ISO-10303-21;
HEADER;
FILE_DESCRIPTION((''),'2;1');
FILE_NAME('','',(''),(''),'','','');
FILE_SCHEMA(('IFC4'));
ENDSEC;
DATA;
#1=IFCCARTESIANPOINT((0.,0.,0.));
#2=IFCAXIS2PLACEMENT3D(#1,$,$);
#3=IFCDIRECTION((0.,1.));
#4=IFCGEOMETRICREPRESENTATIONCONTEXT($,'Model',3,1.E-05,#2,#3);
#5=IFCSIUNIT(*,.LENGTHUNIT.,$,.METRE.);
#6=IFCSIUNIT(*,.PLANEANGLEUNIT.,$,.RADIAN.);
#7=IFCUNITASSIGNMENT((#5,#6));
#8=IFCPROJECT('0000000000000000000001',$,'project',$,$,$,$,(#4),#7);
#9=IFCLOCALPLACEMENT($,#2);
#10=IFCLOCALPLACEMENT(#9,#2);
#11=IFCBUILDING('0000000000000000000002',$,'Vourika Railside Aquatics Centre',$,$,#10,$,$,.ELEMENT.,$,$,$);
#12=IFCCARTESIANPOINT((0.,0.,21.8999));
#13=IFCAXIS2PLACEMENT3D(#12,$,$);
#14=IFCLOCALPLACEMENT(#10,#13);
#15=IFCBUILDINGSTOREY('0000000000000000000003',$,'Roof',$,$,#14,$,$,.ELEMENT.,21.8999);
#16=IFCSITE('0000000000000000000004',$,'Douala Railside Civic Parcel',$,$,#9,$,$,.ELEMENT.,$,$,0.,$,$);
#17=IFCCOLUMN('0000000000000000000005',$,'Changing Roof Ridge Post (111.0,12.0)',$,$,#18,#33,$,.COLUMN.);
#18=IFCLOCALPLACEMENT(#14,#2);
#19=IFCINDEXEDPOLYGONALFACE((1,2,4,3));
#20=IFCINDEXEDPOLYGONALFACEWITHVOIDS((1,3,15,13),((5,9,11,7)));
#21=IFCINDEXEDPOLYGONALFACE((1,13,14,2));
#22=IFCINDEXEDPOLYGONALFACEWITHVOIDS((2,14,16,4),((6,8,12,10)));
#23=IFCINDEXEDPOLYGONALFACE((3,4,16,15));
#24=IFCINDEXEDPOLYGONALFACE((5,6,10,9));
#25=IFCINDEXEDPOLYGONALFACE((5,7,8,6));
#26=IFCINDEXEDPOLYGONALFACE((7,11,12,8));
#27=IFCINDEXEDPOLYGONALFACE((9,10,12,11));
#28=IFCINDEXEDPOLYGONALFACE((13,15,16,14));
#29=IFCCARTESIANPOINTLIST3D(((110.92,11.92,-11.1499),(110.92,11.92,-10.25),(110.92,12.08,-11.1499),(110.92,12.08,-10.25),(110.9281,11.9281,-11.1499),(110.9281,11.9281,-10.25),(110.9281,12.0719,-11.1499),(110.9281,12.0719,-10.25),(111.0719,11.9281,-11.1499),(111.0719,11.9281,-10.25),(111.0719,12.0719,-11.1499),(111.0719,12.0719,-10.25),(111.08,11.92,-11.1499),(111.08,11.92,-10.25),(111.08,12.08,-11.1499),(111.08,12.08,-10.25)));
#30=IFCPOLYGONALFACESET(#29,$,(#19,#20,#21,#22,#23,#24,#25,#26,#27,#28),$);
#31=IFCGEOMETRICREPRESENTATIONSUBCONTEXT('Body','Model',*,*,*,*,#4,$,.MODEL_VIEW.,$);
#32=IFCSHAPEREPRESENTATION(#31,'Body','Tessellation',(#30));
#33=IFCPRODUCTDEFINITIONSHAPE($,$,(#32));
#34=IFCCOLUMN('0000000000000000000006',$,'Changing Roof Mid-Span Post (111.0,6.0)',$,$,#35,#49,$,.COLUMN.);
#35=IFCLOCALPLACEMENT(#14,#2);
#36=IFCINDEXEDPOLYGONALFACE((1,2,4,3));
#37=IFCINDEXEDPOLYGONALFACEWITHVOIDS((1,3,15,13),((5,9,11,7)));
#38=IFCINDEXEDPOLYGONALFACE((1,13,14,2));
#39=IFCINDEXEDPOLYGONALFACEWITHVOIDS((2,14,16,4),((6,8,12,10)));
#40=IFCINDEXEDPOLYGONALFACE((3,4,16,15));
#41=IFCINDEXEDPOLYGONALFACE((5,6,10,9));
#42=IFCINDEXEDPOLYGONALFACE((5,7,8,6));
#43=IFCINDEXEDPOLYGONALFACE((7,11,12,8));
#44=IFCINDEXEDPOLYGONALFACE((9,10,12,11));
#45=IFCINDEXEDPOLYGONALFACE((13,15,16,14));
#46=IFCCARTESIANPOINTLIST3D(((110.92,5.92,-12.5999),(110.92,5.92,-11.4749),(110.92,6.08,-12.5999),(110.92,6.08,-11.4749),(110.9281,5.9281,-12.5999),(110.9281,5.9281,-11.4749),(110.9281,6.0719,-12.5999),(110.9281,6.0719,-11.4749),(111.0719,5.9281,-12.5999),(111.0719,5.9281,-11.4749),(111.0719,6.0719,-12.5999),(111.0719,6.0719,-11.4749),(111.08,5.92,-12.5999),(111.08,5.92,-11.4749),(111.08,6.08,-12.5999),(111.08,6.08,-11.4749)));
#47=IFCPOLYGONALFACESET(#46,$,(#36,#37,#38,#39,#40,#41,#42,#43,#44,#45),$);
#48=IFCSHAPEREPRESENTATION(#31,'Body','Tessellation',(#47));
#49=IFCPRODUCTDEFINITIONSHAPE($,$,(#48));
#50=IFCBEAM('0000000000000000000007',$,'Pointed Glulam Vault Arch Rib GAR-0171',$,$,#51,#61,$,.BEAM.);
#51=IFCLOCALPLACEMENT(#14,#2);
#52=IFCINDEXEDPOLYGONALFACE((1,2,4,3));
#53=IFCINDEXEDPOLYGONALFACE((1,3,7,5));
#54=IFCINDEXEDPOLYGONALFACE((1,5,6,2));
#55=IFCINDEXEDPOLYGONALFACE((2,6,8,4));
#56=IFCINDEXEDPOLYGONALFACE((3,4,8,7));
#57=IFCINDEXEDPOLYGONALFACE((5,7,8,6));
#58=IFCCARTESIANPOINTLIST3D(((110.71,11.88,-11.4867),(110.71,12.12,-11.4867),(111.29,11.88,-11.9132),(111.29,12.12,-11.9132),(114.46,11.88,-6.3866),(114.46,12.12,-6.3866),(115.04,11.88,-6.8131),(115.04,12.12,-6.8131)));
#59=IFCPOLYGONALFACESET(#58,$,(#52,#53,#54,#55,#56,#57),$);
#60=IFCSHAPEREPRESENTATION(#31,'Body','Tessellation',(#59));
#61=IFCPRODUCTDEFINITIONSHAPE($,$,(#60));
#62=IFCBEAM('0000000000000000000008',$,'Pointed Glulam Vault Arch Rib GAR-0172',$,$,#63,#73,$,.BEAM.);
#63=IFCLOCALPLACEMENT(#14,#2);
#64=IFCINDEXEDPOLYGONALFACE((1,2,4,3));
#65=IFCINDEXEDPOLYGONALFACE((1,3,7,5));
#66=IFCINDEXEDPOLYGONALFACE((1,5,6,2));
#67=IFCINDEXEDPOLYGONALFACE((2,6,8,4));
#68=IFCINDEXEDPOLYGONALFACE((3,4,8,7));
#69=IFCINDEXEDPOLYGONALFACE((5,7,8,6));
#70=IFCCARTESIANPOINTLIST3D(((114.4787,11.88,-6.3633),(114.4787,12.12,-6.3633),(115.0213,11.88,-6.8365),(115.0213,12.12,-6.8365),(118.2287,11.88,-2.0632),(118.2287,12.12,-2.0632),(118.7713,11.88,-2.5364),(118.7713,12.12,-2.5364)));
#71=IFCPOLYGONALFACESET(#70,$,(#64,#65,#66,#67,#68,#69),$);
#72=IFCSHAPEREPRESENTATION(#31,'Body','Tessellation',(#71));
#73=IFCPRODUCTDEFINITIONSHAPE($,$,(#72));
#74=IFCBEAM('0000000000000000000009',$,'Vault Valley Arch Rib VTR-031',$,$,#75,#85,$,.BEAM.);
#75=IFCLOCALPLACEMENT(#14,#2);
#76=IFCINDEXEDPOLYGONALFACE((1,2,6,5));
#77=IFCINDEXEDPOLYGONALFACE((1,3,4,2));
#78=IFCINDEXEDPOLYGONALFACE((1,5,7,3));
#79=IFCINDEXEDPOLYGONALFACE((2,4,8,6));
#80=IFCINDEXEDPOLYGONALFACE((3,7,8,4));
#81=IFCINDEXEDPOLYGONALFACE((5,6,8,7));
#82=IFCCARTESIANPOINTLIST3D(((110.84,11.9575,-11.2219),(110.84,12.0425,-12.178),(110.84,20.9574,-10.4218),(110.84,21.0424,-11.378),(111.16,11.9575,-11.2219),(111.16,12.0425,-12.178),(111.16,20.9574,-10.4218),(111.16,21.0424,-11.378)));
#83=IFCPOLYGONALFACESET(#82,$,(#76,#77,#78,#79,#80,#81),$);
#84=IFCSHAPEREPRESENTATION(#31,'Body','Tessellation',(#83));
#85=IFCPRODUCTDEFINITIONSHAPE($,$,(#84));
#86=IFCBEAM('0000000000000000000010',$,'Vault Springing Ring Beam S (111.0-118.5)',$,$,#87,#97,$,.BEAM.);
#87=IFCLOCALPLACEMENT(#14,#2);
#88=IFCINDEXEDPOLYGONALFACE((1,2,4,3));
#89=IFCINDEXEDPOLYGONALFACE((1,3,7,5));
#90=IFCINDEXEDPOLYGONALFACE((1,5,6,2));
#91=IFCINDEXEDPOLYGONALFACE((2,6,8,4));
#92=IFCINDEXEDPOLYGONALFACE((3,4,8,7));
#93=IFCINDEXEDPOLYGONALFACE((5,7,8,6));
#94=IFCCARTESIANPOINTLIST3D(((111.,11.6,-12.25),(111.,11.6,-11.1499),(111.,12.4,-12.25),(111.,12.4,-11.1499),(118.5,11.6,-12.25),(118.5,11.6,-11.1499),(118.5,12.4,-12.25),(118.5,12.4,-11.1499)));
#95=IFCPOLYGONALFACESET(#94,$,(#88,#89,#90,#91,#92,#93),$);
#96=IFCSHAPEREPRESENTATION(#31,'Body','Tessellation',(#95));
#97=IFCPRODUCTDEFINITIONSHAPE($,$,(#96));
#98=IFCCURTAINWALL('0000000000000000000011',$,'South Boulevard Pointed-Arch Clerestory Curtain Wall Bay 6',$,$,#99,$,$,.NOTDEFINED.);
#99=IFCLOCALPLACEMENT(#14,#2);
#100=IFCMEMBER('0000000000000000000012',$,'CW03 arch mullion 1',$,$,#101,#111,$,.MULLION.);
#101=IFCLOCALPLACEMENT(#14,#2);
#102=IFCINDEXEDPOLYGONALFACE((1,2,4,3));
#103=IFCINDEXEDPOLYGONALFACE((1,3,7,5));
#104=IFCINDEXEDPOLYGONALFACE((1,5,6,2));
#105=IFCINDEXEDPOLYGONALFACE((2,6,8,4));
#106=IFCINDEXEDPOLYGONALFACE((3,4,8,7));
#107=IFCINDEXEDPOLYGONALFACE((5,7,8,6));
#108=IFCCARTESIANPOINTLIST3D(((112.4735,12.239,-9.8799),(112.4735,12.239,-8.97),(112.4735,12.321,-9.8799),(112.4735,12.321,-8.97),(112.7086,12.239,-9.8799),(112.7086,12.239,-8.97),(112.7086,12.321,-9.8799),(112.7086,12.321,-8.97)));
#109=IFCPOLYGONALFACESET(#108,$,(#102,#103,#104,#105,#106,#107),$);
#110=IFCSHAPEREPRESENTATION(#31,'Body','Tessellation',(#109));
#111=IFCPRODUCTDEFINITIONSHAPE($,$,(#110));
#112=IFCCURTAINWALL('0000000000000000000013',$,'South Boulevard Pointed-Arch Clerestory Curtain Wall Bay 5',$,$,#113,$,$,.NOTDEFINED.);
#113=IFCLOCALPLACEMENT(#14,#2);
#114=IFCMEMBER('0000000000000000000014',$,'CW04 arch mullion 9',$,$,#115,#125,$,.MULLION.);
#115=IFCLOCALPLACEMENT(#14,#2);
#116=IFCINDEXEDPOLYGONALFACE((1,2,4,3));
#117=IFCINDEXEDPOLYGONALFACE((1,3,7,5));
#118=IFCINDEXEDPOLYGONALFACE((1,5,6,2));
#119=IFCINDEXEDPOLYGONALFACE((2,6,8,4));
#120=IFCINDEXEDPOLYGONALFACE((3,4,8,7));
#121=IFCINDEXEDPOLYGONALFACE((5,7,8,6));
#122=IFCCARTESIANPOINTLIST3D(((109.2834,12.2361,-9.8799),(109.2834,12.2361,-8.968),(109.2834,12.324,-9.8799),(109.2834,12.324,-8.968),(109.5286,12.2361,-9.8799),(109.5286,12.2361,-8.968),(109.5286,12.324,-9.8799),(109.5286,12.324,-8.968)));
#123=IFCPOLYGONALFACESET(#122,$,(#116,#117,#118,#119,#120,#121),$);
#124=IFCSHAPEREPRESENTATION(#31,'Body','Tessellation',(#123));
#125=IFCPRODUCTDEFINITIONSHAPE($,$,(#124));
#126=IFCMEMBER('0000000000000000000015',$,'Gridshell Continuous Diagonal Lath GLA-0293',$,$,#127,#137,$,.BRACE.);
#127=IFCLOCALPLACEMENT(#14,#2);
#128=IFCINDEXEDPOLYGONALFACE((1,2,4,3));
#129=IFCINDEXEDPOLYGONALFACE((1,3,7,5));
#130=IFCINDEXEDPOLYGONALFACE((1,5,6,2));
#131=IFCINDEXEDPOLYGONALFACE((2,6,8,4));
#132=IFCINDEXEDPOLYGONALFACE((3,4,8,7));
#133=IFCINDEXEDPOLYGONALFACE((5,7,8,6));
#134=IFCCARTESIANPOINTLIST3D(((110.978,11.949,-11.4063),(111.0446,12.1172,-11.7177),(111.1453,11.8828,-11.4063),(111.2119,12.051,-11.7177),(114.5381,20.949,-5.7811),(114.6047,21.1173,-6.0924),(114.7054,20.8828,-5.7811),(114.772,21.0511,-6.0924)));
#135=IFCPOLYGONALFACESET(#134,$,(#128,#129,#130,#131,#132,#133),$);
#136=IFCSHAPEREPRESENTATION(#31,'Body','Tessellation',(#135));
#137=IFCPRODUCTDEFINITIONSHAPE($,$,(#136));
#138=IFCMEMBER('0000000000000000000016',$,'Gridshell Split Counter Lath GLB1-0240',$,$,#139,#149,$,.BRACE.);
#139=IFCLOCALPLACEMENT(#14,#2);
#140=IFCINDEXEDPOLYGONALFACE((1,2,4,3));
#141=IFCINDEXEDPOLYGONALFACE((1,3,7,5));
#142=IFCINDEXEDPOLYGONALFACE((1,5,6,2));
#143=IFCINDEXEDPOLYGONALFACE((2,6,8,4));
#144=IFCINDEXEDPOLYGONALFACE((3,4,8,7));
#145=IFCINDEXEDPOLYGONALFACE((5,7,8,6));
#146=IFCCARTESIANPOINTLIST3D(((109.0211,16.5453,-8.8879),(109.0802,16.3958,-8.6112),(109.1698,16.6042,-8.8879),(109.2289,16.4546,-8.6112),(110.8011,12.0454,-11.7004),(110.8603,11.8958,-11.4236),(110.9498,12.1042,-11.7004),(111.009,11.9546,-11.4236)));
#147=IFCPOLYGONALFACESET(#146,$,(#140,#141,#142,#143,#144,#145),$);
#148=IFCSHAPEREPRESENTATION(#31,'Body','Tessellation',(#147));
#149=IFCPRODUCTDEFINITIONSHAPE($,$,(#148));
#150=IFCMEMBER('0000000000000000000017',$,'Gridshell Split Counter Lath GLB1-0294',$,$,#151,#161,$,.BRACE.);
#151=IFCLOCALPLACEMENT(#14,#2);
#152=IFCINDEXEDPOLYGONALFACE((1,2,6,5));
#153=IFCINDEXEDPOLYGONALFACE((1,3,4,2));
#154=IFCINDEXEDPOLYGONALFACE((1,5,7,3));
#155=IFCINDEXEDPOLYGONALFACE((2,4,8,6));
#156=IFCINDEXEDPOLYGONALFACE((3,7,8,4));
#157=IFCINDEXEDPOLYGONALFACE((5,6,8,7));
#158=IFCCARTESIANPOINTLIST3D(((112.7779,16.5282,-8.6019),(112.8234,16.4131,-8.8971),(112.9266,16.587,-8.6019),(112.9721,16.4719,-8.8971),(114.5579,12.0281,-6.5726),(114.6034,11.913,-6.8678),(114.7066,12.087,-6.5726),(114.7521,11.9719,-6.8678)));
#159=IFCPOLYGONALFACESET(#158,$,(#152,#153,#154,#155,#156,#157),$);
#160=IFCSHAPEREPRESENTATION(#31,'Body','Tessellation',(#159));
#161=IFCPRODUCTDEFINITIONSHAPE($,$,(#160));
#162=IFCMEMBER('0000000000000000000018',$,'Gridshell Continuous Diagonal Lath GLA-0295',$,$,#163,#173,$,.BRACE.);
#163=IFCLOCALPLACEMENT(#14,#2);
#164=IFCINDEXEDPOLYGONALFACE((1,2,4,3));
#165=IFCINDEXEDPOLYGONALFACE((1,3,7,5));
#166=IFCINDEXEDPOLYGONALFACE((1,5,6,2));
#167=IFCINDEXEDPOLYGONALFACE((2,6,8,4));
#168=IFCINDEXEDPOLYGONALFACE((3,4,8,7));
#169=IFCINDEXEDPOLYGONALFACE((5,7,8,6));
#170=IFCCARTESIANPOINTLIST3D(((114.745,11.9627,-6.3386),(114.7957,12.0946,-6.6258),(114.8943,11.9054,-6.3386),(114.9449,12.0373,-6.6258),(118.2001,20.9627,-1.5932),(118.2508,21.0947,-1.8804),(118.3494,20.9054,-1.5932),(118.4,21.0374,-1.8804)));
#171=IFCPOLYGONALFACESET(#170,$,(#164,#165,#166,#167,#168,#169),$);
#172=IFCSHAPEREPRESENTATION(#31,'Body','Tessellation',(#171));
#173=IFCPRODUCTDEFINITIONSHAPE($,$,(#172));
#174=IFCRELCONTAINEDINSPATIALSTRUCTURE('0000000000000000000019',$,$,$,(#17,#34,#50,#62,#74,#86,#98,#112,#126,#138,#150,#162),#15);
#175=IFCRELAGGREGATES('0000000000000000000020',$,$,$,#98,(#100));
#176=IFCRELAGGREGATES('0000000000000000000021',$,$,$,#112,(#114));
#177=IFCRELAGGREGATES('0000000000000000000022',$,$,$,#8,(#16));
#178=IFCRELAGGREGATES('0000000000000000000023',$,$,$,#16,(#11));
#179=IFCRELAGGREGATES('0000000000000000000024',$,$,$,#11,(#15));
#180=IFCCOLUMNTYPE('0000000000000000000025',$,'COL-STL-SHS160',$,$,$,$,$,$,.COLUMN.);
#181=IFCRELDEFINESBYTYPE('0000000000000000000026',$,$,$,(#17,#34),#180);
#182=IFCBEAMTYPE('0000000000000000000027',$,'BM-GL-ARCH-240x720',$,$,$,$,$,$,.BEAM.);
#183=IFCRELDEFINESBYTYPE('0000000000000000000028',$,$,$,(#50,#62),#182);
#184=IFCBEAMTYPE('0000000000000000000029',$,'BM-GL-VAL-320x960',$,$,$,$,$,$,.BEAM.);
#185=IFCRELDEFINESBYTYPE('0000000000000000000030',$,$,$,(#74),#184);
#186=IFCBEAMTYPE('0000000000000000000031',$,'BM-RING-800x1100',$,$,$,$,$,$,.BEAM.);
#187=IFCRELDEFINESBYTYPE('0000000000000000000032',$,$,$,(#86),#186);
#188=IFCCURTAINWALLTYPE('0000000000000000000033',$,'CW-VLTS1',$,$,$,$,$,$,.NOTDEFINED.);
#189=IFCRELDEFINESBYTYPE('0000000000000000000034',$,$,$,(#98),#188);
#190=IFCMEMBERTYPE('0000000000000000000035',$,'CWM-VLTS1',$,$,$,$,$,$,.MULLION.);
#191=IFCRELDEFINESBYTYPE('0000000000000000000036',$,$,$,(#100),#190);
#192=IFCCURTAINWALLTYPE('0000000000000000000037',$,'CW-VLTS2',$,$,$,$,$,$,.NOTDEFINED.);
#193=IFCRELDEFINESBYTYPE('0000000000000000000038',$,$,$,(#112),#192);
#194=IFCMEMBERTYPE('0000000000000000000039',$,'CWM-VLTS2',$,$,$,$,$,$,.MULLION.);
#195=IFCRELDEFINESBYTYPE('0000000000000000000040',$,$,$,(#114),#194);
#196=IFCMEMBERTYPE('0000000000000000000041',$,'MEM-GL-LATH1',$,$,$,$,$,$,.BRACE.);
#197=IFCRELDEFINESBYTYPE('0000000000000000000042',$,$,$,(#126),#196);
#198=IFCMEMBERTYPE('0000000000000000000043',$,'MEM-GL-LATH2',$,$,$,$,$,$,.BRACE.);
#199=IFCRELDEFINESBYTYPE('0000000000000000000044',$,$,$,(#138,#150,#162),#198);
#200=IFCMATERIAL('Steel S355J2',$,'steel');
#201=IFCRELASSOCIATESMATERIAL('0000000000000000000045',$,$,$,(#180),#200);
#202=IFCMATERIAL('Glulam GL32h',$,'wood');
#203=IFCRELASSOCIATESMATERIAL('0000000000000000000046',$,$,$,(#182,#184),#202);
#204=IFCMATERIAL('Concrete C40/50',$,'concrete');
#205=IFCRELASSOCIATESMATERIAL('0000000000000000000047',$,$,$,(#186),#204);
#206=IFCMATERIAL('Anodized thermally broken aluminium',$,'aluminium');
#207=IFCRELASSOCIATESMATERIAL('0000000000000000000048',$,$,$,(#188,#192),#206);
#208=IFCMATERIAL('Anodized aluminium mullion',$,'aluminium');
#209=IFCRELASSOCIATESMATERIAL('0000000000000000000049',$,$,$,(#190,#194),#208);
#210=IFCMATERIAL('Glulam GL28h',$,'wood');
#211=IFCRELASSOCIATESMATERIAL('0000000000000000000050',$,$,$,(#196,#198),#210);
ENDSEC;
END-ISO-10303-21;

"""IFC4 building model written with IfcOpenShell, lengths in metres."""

from ifc_helpers import new_model, si_unit, direction, frame, origin, origin_2d, place, context, subcontext, project, spatial, rectangle, hollow_rectangle, extrude, material, material_profile, profile_set, type_object, element, aggregate, save


model = new_model("IFC4")

# Units and contexts
model_context = context("Model", 3, precision=1e-05, world=origin(), true_north=direction((0.0, 1.0)))
body_context = subcontext(model_context, "Body", "Model", "MODEL_VIEW")
ifc_project = project(units=[si_unit("LENGTHUNIT", "METRE"), si_unit("PLANEANGLEUNIT", "RADIAN")], contexts=[model_context])

# Site, building, storey
site_placement = place(None, origin())
site = spatial("IfcSite", under=ifc_project, at=site_placement, Name="Douala Railside Civic Parcel", CompositionType="ELEMENT", RefElevation=0.0)
building_placement = place(site_placement, origin())
building = spatial("IfcBuilding", under=site, at=building_placement, Name="Vourika Railside Aquatics Centre", CompositionType="ELEMENT")
storey_placement = place(building_placement, frame((0.0, 0.0, 21.8999)))
storey = spatial("IfcBuildingStorey", under=building, at=storey_placement, Name="Roof", CompositionType="ELEMENT", Elevation=21.8999)

# Columns
ifc_material_1 = material(Name="Steel S355J2", Category="steel")
ifc_material_profile_1 = material_profile(ifc_material_1, hollow_rectangle(XDim=0.1599, YDim=0.1599, WallThickness=0.0081, at=origin_2d()), Name="SHS 160x160x8")
ifc_profile_set_1 = profile_set([ifc_material_profile_1], Name="Steel S355J2")
column_type = type_object("IfcColumnType", Name="COL-STL-SHS160", PredefinedType="COLUMN", material=ifc_profile_set_1)
column_1_placement = place(storey_placement, frame((111.0, 12.0, -11.1499), z_axis=(0.0, 0.0, 1.0), x_axis=(1.0, 0.0, 0.0)))
element("IfcColumn", 1, at=column_1_placement, inside=storey, type_object=column_type, Name="Changing Roof Ridge Post (111.0,12.0)", PredefinedType="COLUMN", context=body_context, shape_type="SweptSolid", body=[
    extrude(hollow_rectangle(XDim=0.1599, YDim=0.1599, WallThickness=0.0081, at=origin_2d()), origin(), (0.0, 0.0, 1.0), 0.8999),
])
column_2_placement = place(storey_placement, frame((111.0, 6.0, -12.5999), z_axis=(0.0, 0.0, 1.0), x_axis=(1.0, 0.0, 0.0)))
element("IfcColumn", 2, at=column_2_placement, inside=storey, type_object=column_type, Name="Changing Roof Mid-Span Post (111.0,6.0)", PredefinedType="COLUMN", context=body_context, shape_type="SweptSolid", body=[
    extrude(hollow_rectangle(XDim=0.1599, YDim=0.1599, WallThickness=0.0081, at=origin_2d()), origin(), (0.0, 0.0, 1.0), 1.125),
])

# Beams
ifc_material_2 = material(Name="Glulam GL32h", Category="wood")
ifc_material_profile_2 = material_profile(ifc_material_2, rectangle(XDim=0.24, YDim=0.72, at=origin_2d()), Name="GL32h 240x720")
ifc_profile_set_2 = profile_set([ifc_material_profile_2], Name="Glulam GL32h")
beam_type_1 = type_object("IfcBeamType", Name="BM-GL-ARCH-240x720", PredefinedType="BEAM", material=ifc_profile_set_2)
beam_1_placement = place(storey_placement, frame((111.0, 12.0, -11.7), z_axis=(0.592383, 0.0, 0.805656), x_axis=(0.0, 1.0, 0.0)))
element("IfcBeam", 3, at=beam_1_placement, inside=storey, type_object=beam_type_1, Name="Pointed Glulam Vault Arch Rib GAR-0171", PredefinedType="BEAM", context=body_context, shape_type="SweptSolid", body=[
    extrude(rectangle(XDim=0.24, YDim=0.72, at=origin_2d()), origin(), (0.0, 0.0, 1.0), 6.3303),
])
beam_2_placement = place(storey_placement, frame((114.75, 12.0, -6.5999), z_axis=(0.657259, 0.0, 0.753665), x_axis=(0.0, 1.0, 0.0)))
element("IfcBeam", 4, at=beam_2_placement, inside=storey, type_object=beam_type_1, Name="Pointed Glulam Vault Arch Rib GAR-0172", PredefinedType="BEAM", context=body_context, shape_type="SweptSolid", body=[
    extrude(rectangle(XDim=0.24, YDim=0.72, at=origin_2d()), origin(), (0.0, 0.0, 1.0), 5.7056),
])
ifc_material_profile_3 = material_profile(ifc_material_2, rectangle(XDim=0.3201, YDim=0.96, at=origin_2d()), Name="GL32h 320x960")
ifc_profile_set_3 = profile_set([ifc_material_profile_3], Name="Glulam GL32h")
beam_type_2 = type_object("IfcBeamType", Name="BM-GL-VAL-320x960", PredefinedType="BEAM", material=ifc_profile_set_3)
beam_3_placement = place(storey_placement, frame((111.0, 12.0, -11.7), z_axis=(0.0, 0.996072, 0.088545), x_axis=(-1.0, 0.0, 0.0)))
element("IfcBeam", 5, at=beam_3_placement, inside=storey, type_object=beam_type_2, Name="Vault Valley Arch Rib VTR-031", PredefinedType="BEAM", context=body_context, shape_type="SweptSolid", body=[
    extrude(rectangle(XDim=0.3201, YDim=0.96, at=origin_2d()), origin(), (0.0, 0.0, 1.0), 9.0354),
])
ifc_material_3 = material(Name="Concrete C40/50", Category="concrete")
ifc_material_profile_4 = material_profile(ifc_material_3, rectangle(XDim=0.8, YDim=1.1001, at=origin_2d()), Name="RC 800x1100")
ifc_profile_set_4 = profile_set([ifc_material_profile_4], Name="Concrete C40/50")
beam_type_3 = type_object("IfcBeamType", Name="BM-RING-800x1100", PredefinedType="BEAM", material=ifc_profile_set_4)
beam_4_placement = place(storey_placement, frame((111.0, 12.0, -11.7), z_axis=(1.0, 0.0, 0.0), x_axis=(0.0, 1.0, 0.0)))
element("IfcBeam", 6, at=beam_4_placement, inside=storey, type_object=beam_type_3, Name="Vault Springing Ring Beam S (111.0-118.5)", PredefinedType="BEAM", context=body_context, shape_type="SweptSolid", body=[
    extrude(rectangle(XDim=0.8, YDim=1.1001, at=origin_2d()), origin(), (0.0, 0.0, 1.0), 7.5),
])

# Curtain walls, members
ifc_material_4 = material(Name="Anodized thermally broken aluminium", Category="aluminium")
curtain_wall_type_1 = type_object("IfcCurtainWallType", Name="CW-VLTS1", PredefinedType="NOTDEFINED", material=ifc_material_4)
curtain_wall_1_placement = place(storey_placement, origin())
curtain_wall_1 = element("IfcCurtainWall", 7, at=curtain_wall_1_placement, inside=storey, type_object=curtain_wall_type_1, Name="South Boulevard Pointed-Arch Clerestory Curtain Wall Bay 6", PredefinedType="NOTDEFINED")
ifc_material_5 = material(Name="Anodized aluminium mullion", Category="aluminium")
ifc_material_profile_5 = material_profile(ifc_material_5, rectangle(XDim=0.082, YDim=0.2351, at=origin_2d()), Name="ALU-M 82x235")
ifc_profile_set_5 = profile_set([ifc_material_profile_5], Name="Anodized aluminium mullion")
member_type_1 = type_object("IfcMemberType", Name="CWM-VLTS1", PredefinedType="MULLION", material=ifc_profile_set_5)
member_1_placement = place(storey_placement, frame((112.5911, 12.28, -9.8799), z_axis=(0.0, 0.0, 1.0), x_axis=(0.0, 1.0, 0.0)))
member_1 = element("IfcMember", 8, at=member_1_placement, type_object=member_type_1, Name="CW03 arch mullion 1", PredefinedType="MULLION", context=body_context, shape_type="SweptSolid", body=[
    extrude(rectangle(XDim=0.082, YDim=0.2351, at=origin_2d()), origin(), (0.0, 0.0, 1.0), 0.9099),
])
aggregate(curtain_wall_1, [member_1])
curtain_wall_type_2 = type_object("IfcCurtainWallType", Name="CW-VLTS2", PredefinedType="NOTDEFINED", material=ifc_material_4)
curtain_wall_2_placement = place(storey_placement, origin())
curtain_wall_2 = element("IfcCurtainWall", 9, at=curtain_wall_2_placement, inside=storey, type_object=curtain_wall_type_2, Name="South Boulevard Pointed-Arch Clerestory Curtain Wall Bay 5", PredefinedType="NOTDEFINED")
ifc_material_profile_6 = material_profile(ifc_material_5, rectangle(XDim=0.0879, YDim=0.2451, at=origin_2d()), Name="ALU-M 88x245")
ifc_profile_set_6 = profile_set([ifc_material_profile_6], Name="Anodized aluminium mullion")
member_type_2 = type_object("IfcMemberType", Name="CWM-VLTS2", PredefinedType="MULLION", material=ifc_profile_set_6)
member_2_placement = place(storey_placement, frame((109.406, 12.28, -9.8799), z_axis=(0.0, 0.0, 1.0), x_axis=(0.0, 1.0, 0.0)))
member_2 = element("IfcMember", 10, at=member_2_placement, type_object=member_type_2, Name="CW04 arch mullion 9", PredefinedType="MULLION", context=body_context, shape_type="SweptSolid", body=[
    extrude(rectangle(XDim=0.0879, YDim=0.2451, at=origin_2d()), origin(), (0.0, 0.0, 1.0), 0.9119),
])
aggregate(curtain_wall_2, [member_2])

# Members
ifc_material_6 = material(Name="Glulam GL28h", Category="wood")
ifc_material_profile_7 = material_profile(ifc_material_6, rectangle(XDim=0.1799, YDim=0.3601, at=origin_2d()), Name="GL28h 180x360")
ifc_profile_set_7 = profile_set([ifc_material_profile_7], Name="Glulam GL28h")
member_type_3 = type_object("IfcMemberType", Name="MEM-GL-LATH1", PredefinedType="BRACE", material=ifc_profile_set_7)
member_3_placement = place(storey_placement, frame((111.095, 12.0, -11.562), z_axis=(0.318018, 0.803964, 0.5025), x_axis=(-0.929893, 0.36783, 0.0)))
element("IfcMember", 11, at=member_3_placement, inside=storey, type_object=member_type_3, Name="Gridshell Continuous Diagonal Lath GLA-0293", PredefinedType="BRACE", context=body_context, shape_type="SweptSolid", body=[
    extrude(rectangle(XDim=0.1799, YDim=0.3601, at=origin_2d()), origin(), (0.0, 0.0, 1.0), 11.1946),
])
ifc_material_profile_8 = material_profile(ifc_material_6, rectangle(XDim=0.1599, YDim=0.3201, at=origin_2d()), Name="GL28h 160x320")
ifc_profile_set_8 = profile_set([ifc_material_profile_8], Name="Glulam GL28h")
member_type_4 = type_object("IfcMemberType", Name="MEM-GL-LATH2", PredefinedType="BRACE", material=ifc_profile_set_8)
member_4_placement = place(storey_placement, frame((110.905, 12.0, -11.562), z_axis=(-0.318021, 0.803973, 0.502483), x_axis=(-0.929893, -0.36783, 0.0)))
element("IfcMember", 12, at=member_4_placement, inside=storey, type_object=member_type_4, Name="Gridshell Split Counter Lath GLB1-0240", PredefinedType="BRACE", context=body_context, shape_type="SweptSolid", body=[
    extrude(rectangle(XDim=0.1599, YDim=0.3201, at=origin_2d()), origin(), (0.0, 0.0, 1.0), 5.5972),
])
member_5_placement = place(storey_placement, frame((114.655, 12.0, -6.7202), z_axis=(-0.339213, 0.857547, -0.386715), x_axis=(-0.929893, -0.36783, 0.0)))
element("IfcMember", 13, at=member_5_placement, inside=storey, type_object=member_type_4, Name="Gridshell Split Counter Lath GLB1-0294", PredefinedType="BRACE", context=body_context, shape_type="SweptSolid", body=[
    extrude(rectangle(XDim=0.1599, YDim=0.3201, at=origin_2d()), origin(), (0.0, 0.0, 1.0), 5.2476),
])
member_6_placement = place(storey_placement, frame((114.845, 12.0, -6.4822), z_axis=(0.321551, 0.837595, 0.441632), x_axis=(-0.93357, 0.358395, 0.0)))
element("IfcMember", 14, at=member_6_placement, inside=storey, type_object=member_type_4, Name="Gridshell Continuous Diagonal Lath GLA-0295", PredefinedType="BRACE", context=body_context, shape_type="SweptSolid", body=[
    extrude(rectangle(XDim=0.1599, YDim=0.3201, at=origin_2d()), origin(), (0.0, 0.0, 1.0), 10.7451),
])

save(model, "model.ifc")
